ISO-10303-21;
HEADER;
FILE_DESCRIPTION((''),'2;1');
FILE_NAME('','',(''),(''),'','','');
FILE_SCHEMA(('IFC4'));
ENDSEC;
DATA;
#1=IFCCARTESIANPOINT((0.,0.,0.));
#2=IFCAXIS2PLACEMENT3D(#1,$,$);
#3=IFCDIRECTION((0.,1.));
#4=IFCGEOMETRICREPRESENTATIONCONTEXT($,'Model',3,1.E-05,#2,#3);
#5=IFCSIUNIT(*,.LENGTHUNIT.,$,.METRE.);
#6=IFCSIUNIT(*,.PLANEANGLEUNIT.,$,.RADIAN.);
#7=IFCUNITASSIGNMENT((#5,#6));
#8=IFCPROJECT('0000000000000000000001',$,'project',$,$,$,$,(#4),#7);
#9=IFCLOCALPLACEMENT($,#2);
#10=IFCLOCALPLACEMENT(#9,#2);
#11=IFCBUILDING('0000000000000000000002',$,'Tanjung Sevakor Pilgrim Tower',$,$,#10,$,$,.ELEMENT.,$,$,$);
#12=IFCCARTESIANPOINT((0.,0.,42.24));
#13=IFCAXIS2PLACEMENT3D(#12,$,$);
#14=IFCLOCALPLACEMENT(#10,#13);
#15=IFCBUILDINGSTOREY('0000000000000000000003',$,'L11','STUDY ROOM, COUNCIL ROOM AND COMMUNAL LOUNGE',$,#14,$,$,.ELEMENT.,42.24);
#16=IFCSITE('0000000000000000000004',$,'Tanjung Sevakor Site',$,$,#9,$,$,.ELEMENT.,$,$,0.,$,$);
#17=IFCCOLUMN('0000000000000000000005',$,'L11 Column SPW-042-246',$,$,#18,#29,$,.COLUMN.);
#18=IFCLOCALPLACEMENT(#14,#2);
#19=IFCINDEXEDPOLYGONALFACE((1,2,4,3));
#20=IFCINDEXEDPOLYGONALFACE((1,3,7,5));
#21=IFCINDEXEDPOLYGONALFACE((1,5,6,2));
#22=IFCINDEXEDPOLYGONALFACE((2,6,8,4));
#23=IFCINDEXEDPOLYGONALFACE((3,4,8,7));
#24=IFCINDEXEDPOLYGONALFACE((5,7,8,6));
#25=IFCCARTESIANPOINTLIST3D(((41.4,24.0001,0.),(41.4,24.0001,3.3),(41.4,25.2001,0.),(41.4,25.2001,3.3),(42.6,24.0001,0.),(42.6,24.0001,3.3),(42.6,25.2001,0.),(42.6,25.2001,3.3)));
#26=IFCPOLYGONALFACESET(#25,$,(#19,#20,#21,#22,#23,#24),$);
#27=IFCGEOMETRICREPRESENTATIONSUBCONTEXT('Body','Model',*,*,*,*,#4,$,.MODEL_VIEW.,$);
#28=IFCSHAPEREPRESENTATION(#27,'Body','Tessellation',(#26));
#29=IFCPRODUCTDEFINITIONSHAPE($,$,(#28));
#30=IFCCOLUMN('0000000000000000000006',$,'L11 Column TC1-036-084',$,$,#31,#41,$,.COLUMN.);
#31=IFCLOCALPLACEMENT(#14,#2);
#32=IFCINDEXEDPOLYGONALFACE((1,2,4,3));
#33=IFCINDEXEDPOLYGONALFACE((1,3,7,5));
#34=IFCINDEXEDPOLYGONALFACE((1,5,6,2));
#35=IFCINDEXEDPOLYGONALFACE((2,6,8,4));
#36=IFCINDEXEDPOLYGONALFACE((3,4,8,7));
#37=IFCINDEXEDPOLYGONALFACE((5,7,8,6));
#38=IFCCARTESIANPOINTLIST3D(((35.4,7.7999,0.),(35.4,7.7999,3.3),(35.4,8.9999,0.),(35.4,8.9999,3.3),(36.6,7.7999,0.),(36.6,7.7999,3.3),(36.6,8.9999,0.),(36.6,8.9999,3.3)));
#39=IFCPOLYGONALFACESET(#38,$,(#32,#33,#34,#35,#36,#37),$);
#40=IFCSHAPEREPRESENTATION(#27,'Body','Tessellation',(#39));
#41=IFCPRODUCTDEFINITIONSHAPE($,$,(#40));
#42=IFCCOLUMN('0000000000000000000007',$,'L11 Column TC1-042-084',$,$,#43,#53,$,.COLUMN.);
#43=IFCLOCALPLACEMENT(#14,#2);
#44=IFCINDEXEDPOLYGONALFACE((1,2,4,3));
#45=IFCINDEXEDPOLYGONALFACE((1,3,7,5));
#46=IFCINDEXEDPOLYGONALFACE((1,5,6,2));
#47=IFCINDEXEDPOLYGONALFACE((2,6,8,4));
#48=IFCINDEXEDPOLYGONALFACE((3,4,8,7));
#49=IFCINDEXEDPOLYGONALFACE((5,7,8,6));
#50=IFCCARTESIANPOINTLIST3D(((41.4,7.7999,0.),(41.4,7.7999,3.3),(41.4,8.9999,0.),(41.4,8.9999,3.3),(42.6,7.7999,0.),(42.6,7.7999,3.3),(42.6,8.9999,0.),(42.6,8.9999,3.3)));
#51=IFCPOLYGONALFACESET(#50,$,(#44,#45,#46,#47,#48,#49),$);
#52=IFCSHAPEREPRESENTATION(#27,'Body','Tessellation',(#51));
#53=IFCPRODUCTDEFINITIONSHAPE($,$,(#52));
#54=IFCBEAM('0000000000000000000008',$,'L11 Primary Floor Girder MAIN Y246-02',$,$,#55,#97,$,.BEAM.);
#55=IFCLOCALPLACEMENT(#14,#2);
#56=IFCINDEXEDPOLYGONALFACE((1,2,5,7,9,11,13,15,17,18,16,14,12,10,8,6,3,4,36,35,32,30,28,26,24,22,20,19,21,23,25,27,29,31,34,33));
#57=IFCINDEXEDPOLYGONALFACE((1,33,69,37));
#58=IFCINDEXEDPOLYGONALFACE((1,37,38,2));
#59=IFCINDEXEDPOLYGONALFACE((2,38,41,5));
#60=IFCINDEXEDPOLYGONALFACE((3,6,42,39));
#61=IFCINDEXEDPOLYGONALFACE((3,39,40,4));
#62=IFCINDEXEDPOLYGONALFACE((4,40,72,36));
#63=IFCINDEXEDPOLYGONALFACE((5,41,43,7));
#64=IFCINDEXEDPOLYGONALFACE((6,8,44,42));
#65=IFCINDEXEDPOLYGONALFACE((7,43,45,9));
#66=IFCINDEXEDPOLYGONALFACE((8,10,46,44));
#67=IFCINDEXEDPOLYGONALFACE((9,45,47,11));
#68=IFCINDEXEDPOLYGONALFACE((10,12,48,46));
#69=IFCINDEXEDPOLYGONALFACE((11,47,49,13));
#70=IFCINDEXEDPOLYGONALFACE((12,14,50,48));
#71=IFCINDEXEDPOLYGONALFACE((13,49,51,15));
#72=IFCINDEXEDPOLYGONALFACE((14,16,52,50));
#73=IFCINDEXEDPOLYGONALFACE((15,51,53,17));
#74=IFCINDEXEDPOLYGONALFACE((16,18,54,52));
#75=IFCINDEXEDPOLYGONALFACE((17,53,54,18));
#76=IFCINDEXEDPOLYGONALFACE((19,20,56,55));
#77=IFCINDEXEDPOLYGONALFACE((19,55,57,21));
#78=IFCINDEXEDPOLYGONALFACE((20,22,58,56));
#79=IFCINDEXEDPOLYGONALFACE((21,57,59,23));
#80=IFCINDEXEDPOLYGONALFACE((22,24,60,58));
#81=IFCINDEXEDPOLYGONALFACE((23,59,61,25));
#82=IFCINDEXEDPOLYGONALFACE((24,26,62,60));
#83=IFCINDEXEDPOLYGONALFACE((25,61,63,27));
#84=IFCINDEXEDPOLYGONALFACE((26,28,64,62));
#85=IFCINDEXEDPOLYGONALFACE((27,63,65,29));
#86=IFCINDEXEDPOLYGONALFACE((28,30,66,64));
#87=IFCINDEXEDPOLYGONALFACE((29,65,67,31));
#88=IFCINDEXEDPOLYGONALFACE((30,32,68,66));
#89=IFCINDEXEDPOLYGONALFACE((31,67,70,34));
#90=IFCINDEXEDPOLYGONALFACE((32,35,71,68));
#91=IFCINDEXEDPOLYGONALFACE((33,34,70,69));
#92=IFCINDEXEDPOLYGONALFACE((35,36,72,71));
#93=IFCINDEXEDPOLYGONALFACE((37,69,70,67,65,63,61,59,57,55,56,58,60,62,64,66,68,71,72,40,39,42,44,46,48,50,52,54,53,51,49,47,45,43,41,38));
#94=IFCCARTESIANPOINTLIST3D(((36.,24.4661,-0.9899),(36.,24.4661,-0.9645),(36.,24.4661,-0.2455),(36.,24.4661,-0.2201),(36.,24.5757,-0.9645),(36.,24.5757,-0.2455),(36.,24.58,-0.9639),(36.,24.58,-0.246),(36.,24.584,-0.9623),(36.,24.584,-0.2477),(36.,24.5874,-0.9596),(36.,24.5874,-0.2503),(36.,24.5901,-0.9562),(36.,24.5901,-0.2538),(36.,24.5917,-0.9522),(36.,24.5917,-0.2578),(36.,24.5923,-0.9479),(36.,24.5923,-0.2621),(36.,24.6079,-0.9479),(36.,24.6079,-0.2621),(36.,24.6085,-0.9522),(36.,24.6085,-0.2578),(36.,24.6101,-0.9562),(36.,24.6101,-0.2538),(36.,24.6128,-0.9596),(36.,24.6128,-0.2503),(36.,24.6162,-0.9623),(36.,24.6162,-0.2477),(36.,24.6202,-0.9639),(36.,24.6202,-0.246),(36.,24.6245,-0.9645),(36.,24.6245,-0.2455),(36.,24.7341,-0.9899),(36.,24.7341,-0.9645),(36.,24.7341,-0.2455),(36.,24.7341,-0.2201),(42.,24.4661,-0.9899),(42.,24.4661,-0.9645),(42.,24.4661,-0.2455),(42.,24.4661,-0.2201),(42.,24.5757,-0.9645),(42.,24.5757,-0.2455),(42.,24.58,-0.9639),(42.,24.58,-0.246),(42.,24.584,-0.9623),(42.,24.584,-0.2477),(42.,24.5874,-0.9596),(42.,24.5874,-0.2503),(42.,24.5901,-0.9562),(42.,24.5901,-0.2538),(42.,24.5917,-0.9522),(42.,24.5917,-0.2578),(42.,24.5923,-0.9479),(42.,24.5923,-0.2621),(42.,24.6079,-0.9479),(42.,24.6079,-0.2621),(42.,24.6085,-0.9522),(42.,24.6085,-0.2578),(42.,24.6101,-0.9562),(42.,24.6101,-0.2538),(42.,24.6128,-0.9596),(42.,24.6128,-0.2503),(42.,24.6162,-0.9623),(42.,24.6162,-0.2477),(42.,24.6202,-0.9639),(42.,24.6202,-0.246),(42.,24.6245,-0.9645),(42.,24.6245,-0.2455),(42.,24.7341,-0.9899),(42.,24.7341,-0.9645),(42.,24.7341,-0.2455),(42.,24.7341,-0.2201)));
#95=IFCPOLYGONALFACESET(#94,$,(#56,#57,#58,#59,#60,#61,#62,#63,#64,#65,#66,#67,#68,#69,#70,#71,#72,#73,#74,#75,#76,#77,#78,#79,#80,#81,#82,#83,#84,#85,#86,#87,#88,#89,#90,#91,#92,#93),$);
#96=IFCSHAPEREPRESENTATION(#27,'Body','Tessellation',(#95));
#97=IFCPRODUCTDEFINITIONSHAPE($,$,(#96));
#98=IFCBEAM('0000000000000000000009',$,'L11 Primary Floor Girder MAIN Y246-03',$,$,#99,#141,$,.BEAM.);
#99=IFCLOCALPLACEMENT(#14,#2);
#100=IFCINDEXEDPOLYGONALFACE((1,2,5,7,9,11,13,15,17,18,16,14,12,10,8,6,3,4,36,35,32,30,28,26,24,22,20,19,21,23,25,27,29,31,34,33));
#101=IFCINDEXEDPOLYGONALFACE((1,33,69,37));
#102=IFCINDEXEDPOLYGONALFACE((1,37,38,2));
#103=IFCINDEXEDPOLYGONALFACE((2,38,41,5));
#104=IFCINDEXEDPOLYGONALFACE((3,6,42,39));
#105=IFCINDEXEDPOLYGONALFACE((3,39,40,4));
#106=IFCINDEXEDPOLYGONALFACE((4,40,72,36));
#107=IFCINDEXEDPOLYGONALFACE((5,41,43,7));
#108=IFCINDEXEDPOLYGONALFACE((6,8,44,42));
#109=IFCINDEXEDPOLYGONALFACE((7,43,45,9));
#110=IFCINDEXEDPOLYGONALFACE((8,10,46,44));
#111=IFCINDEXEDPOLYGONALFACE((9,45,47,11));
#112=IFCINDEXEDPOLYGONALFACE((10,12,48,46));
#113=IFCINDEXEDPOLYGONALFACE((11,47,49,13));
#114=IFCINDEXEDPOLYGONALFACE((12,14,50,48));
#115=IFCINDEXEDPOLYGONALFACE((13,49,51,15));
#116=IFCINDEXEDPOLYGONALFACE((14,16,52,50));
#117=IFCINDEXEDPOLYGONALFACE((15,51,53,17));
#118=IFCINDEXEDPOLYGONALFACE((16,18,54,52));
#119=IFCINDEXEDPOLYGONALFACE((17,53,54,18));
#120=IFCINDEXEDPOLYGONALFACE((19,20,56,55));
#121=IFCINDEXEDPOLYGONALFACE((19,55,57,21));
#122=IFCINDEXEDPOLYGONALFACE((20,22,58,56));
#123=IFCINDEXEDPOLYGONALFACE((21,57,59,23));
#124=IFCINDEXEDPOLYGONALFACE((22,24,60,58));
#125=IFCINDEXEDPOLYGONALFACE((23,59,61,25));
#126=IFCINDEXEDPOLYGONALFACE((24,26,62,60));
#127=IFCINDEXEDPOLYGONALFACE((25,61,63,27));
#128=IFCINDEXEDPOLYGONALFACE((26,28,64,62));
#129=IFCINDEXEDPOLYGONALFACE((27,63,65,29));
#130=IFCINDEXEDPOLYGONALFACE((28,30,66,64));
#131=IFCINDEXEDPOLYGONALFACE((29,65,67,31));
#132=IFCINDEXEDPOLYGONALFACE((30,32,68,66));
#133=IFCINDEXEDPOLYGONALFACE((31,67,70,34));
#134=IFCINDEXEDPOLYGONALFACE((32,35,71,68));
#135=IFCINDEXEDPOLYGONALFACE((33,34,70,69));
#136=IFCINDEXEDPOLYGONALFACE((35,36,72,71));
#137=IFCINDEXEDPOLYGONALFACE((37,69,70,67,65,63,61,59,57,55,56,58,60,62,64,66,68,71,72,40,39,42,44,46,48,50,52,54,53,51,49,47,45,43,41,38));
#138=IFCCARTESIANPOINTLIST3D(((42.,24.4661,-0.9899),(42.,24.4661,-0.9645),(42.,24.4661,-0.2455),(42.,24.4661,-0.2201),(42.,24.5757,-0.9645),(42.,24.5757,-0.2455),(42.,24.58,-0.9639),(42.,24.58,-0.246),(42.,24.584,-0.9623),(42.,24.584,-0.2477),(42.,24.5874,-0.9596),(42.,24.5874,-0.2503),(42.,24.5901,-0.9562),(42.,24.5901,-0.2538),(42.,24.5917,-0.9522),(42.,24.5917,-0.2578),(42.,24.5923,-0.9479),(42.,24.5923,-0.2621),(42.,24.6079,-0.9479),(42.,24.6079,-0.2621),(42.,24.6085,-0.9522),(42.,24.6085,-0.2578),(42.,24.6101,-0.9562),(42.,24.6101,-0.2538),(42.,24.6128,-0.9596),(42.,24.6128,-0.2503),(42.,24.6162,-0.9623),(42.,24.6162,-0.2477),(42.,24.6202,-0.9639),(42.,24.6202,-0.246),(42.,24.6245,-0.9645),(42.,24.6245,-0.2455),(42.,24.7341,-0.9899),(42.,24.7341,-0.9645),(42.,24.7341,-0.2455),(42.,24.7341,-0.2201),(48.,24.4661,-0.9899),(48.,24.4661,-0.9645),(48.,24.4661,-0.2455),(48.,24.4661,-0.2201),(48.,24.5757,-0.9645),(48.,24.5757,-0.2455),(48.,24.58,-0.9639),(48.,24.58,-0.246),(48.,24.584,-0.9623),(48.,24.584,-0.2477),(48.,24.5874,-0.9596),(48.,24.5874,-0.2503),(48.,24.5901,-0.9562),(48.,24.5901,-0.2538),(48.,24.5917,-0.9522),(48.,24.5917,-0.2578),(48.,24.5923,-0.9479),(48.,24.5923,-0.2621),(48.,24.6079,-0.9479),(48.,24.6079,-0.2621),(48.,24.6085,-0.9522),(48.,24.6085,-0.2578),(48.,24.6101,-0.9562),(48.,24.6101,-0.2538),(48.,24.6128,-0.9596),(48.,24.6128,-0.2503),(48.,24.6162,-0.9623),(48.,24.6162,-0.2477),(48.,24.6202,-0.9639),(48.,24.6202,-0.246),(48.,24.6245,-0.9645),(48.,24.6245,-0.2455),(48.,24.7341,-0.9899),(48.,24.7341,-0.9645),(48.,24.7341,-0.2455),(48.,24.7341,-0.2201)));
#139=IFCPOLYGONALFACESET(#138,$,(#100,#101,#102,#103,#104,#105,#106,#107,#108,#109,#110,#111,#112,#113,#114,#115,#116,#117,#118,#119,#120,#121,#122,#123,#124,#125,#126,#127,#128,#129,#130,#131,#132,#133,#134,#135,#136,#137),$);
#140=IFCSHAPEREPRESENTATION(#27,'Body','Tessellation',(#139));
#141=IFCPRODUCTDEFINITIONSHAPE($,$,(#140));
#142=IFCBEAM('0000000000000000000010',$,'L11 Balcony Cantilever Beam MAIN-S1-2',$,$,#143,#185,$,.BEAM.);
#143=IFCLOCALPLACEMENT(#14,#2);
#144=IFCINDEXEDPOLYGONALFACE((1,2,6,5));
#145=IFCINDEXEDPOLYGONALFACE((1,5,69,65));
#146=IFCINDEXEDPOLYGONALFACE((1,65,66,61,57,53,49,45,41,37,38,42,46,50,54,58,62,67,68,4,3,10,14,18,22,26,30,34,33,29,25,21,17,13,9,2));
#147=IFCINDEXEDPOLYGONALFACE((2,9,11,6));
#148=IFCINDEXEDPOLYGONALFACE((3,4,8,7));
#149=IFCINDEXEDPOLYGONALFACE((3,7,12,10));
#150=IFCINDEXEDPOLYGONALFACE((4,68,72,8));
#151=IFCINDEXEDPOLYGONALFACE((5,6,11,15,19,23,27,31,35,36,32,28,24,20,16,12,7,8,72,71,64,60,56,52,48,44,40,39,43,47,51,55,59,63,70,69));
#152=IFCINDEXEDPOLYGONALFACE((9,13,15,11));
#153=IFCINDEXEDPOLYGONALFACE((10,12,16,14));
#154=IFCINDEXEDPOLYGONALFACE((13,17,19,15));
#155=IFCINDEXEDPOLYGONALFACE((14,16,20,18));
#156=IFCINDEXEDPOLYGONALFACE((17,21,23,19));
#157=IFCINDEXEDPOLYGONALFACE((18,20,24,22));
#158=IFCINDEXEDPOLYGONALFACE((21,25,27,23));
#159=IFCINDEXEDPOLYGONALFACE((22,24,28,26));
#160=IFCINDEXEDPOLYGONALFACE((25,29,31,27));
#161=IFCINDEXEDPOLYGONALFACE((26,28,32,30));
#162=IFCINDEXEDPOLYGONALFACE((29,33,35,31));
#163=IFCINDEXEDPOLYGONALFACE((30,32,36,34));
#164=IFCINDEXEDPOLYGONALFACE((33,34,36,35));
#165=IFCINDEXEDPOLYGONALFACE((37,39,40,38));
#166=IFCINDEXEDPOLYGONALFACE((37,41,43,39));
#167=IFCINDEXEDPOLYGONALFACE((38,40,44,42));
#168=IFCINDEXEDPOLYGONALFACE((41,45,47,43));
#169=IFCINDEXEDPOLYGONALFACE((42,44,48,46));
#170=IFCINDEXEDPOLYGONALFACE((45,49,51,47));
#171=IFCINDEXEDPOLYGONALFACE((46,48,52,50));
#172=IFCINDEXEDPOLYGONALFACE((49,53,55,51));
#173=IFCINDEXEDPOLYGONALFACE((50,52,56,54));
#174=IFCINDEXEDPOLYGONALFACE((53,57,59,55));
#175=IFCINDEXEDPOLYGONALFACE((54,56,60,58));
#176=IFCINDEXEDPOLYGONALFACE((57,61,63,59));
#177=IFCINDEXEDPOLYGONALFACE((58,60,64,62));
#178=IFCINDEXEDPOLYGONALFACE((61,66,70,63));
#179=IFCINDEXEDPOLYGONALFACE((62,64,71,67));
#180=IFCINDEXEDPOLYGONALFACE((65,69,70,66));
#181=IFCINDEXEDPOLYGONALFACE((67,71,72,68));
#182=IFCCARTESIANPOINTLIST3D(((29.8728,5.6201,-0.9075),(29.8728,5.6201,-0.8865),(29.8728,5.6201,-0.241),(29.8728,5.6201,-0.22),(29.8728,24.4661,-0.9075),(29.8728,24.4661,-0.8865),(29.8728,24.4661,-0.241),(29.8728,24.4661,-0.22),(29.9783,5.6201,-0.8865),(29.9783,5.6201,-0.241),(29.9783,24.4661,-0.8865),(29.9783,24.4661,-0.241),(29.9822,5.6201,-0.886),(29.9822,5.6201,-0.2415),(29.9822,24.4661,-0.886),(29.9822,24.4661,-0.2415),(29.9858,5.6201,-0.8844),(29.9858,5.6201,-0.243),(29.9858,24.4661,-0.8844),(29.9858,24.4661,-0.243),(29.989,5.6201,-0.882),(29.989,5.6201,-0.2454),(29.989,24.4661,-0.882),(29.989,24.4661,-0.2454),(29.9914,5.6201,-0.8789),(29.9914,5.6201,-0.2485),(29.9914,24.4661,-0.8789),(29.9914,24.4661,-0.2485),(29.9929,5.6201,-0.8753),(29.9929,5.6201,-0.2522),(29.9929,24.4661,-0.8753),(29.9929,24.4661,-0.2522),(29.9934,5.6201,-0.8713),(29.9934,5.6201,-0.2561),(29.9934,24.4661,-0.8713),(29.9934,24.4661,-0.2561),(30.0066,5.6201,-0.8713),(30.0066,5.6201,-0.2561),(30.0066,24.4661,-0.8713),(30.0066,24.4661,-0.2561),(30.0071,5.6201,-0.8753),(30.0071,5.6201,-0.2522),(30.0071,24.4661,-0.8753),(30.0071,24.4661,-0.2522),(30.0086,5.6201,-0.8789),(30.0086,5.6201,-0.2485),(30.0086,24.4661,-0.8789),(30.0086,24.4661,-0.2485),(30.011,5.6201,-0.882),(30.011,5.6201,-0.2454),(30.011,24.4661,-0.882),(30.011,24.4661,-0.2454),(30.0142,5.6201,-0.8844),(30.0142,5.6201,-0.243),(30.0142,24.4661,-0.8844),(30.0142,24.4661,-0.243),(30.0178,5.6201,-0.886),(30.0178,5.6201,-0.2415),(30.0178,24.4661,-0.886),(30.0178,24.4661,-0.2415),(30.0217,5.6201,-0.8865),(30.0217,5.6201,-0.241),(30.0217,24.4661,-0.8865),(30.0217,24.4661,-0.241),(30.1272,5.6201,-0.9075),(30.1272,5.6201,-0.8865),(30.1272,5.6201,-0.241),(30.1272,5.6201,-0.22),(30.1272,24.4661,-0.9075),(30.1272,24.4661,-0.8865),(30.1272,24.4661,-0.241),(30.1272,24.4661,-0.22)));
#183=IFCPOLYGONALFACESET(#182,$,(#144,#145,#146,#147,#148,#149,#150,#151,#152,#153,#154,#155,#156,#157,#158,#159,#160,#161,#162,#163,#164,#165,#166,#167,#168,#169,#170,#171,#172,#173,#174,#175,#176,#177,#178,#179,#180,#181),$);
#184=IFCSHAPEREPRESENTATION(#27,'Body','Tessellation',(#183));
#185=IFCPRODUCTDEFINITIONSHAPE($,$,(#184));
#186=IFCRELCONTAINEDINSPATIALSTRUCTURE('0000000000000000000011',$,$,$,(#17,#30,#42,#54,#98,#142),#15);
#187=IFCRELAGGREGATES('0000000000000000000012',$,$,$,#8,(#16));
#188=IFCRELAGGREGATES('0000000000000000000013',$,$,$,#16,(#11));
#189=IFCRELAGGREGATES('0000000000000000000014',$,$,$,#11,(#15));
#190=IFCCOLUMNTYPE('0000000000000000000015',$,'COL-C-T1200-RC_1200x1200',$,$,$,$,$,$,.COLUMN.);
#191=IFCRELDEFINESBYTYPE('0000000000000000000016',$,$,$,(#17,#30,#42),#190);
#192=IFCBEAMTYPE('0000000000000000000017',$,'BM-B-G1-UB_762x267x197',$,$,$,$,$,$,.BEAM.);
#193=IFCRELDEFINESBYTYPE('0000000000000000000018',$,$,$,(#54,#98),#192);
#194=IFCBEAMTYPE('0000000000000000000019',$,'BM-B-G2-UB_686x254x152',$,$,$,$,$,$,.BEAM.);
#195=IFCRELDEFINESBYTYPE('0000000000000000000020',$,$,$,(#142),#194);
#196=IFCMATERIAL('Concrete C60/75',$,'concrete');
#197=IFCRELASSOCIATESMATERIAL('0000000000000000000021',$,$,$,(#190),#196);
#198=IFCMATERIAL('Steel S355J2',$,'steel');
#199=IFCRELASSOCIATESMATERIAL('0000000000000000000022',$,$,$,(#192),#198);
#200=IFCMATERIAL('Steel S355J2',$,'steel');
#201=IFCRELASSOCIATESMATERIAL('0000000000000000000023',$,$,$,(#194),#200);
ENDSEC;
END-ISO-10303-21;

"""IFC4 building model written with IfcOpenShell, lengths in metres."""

from ifc_helpers import new_model, si_unit, direction, frame, origin, origin_2d, place, context, subcontext, project, spatial, rectangle, i_section, extrude, material, material_profile, profile_set, type_object, element, save


model = new_model("IFC4")

# Units and contexts
model_context = context("Model", 3, precision=1e-05, world=origin(), true_north=direction((0.0, 1.0)))
body_context = subcontext(model_context, "Body", "Model", "MODEL_VIEW")
ifc_project = project(units=[si_unit("LENGTHUNIT", "METRE"), si_unit("PLANEANGLEUNIT", "RADIAN")], contexts=[model_context])

# Site, building, storey
site_placement = place(None, origin())
site = spatial("IfcSite", under=ifc_project, at=site_placement, Name="Tanjung Sevakor Site", CompositionType="ELEMENT", RefElevation=0.0)
building_placement = place(site_placement, origin())
building = spatial("IfcBuilding", under=site, at=building_placement, Name="Tanjung Sevakor Pilgrim Tower", CompositionType="ELEMENT")
storey_placement = place(building_placement, frame((0.0, 0.0, 42.24)))
storey = spatial("IfcBuildingStorey", under=building, at=storey_placement, Name="L11", Description="STUDY ROOM, COUNCIL ROOM AND COMMUNAL LOUNGE", CompositionType="ELEMENT", Elevation=42.24)

# Columns
ifc_material_1 = material(Name="Concrete C60/75", Category="concrete")
ifc_material_profile_1 = material_profile(ifc_material_1, rectangle(XDim=1.2, YDim=1.2, at=origin_2d()))
ifc_profile_set_1 = profile_set([ifc_material_profile_1], Name="Concrete C60/75")
column_type = type_object("IfcColumnType", Name="COL-C-T1200-RC_1200x1200", PredefinedType="COLUMN", material=ifc_profile_set_1)
for number, where, z_axis, x_axis, name in (
    (1, (42.0, 24.6001, 0.0), (0.0, 0.0, 1.0), (1.0, 0.0, 0.0), "L11 Column SPW-042-246"),
    (2, (36.0, 8.3999, 0.0), (0.0, 0.0, 1.0), (1.0, 0.0, 0.0), "L11 Column TC1-036-084"),
    (3, (42.0, 8.3999, 0.0), (0.0, 0.0, 1.0), (1.0, 0.0, 0.0), "L11 Column TC1-042-084"),
):
    element("IfcColumn", number, at=place(storey_placement, frame(where, z_axis=z_axis, x_axis=x_axis)), inside=storey, type_object=column_type, Name=name, PredefinedType="COLUMN", context=body_context, shape_type="SweptSolid", body=[
        extrude(rectangle(XDim=1.2, YDim=1.2, at=origin_2d()), origin(), (0.0, 0.0, 1.0), 3.3),
    ])

# Beams
ifc_material_2 = material(Name="Steel S355J2", Category="steel")
ifc_material_profile_2 = material_profile(ifc_material_2, i_section(OverallWidth=0.2681, OverallDepth=0.7698, WebThickness=0.0156, FlangeThickness=0.0254, FilletRadius=0.0166, at=origin_2d()))
ifc_profile_set_2 = profile_set([ifc_material_profile_2], Name="Steel S355J2")
beam_type_1 = type_object("IfcBeamType", Name="BM-B-G1-UB_762x267x197", PredefinedType="BEAM", material=ifc_profile_set_2)
for number, where, z_axis, x_axis, name in (
    (4, (36.0, 24.6001, -0.605), (1.0, 0.0, 0.0), (0.0, 1.0, 0.0), "L11 Primary Floor Girder MAIN Y246-02"),
    (5, (42.0, 24.6001, -0.605), (1.0, 0.0, 0.0), (0.0, 1.0, 0.0), "L11 Primary Floor Girder MAIN Y246-03"),
):
    element("IfcBeam", number, at=place(storey_placement, frame(where, z_axis=z_axis, x_axis=x_axis)), inside=storey, type_object=beam_type_1, Name=name, PredefinedType="BEAM", context=body_context, shape_type="SweptSolid", body=[
        extrude(i_section(OverallWidth=0.2681, OverallDepth=0.7698, WebThickness=0.0156, FlangeThickness=0.0254, FilletRadius=0.0166, at=origin_2d()), origin(), (0.0, 0.0, 1.0), 6.0),
    ])
ifc_material_3 = material(Name="Steel S355J2", Category="steel")
ifc_material_profile_3 = material_profile(ifc_material_3, i_section(OverallWidth=0.2544, OverallDepth=0.6875, WebThickness=0.0132, FlangeThickness=0.021, FilletRadius=0.0151, at=origin_2d()))
ifc_profile_set_3 = profile_set([ifc_material_profile_3], Name="Steel S355J2")
beam_type_2 = type_object("IfcBeamType", Name="BM-B-G2-UB_686x254x152", PredefinedType="BEAM", material=ifc_profile_set_3)
beam_1_placement = place(storey_placement, frame((30.0, 24.4661, -0.5637), z_axis=(0.0, -1.0, 0.0), x_axis=(1.0, 0.0, 0.0)))
element("IfcBeam", 6, at=beam_1_placement, inside=storey, type_object=beam_type_2, Name="L11 Balcony Cantilever Beam MAIN-S1-2", PredefinedType="BEAM", context=body_context, shape_type="SweptSolid", body=[
    extrude(i_section(OverallWidth=0.2544, OverallDepth=0.6875, WebThickness=0.0132, FlangeThickness=0.021, FilletRadius=0.0151, at=origin_2d()), origin(), (0.0, 0.0, 1.0), 18.8459),
])

save(model, "model.ifc")
